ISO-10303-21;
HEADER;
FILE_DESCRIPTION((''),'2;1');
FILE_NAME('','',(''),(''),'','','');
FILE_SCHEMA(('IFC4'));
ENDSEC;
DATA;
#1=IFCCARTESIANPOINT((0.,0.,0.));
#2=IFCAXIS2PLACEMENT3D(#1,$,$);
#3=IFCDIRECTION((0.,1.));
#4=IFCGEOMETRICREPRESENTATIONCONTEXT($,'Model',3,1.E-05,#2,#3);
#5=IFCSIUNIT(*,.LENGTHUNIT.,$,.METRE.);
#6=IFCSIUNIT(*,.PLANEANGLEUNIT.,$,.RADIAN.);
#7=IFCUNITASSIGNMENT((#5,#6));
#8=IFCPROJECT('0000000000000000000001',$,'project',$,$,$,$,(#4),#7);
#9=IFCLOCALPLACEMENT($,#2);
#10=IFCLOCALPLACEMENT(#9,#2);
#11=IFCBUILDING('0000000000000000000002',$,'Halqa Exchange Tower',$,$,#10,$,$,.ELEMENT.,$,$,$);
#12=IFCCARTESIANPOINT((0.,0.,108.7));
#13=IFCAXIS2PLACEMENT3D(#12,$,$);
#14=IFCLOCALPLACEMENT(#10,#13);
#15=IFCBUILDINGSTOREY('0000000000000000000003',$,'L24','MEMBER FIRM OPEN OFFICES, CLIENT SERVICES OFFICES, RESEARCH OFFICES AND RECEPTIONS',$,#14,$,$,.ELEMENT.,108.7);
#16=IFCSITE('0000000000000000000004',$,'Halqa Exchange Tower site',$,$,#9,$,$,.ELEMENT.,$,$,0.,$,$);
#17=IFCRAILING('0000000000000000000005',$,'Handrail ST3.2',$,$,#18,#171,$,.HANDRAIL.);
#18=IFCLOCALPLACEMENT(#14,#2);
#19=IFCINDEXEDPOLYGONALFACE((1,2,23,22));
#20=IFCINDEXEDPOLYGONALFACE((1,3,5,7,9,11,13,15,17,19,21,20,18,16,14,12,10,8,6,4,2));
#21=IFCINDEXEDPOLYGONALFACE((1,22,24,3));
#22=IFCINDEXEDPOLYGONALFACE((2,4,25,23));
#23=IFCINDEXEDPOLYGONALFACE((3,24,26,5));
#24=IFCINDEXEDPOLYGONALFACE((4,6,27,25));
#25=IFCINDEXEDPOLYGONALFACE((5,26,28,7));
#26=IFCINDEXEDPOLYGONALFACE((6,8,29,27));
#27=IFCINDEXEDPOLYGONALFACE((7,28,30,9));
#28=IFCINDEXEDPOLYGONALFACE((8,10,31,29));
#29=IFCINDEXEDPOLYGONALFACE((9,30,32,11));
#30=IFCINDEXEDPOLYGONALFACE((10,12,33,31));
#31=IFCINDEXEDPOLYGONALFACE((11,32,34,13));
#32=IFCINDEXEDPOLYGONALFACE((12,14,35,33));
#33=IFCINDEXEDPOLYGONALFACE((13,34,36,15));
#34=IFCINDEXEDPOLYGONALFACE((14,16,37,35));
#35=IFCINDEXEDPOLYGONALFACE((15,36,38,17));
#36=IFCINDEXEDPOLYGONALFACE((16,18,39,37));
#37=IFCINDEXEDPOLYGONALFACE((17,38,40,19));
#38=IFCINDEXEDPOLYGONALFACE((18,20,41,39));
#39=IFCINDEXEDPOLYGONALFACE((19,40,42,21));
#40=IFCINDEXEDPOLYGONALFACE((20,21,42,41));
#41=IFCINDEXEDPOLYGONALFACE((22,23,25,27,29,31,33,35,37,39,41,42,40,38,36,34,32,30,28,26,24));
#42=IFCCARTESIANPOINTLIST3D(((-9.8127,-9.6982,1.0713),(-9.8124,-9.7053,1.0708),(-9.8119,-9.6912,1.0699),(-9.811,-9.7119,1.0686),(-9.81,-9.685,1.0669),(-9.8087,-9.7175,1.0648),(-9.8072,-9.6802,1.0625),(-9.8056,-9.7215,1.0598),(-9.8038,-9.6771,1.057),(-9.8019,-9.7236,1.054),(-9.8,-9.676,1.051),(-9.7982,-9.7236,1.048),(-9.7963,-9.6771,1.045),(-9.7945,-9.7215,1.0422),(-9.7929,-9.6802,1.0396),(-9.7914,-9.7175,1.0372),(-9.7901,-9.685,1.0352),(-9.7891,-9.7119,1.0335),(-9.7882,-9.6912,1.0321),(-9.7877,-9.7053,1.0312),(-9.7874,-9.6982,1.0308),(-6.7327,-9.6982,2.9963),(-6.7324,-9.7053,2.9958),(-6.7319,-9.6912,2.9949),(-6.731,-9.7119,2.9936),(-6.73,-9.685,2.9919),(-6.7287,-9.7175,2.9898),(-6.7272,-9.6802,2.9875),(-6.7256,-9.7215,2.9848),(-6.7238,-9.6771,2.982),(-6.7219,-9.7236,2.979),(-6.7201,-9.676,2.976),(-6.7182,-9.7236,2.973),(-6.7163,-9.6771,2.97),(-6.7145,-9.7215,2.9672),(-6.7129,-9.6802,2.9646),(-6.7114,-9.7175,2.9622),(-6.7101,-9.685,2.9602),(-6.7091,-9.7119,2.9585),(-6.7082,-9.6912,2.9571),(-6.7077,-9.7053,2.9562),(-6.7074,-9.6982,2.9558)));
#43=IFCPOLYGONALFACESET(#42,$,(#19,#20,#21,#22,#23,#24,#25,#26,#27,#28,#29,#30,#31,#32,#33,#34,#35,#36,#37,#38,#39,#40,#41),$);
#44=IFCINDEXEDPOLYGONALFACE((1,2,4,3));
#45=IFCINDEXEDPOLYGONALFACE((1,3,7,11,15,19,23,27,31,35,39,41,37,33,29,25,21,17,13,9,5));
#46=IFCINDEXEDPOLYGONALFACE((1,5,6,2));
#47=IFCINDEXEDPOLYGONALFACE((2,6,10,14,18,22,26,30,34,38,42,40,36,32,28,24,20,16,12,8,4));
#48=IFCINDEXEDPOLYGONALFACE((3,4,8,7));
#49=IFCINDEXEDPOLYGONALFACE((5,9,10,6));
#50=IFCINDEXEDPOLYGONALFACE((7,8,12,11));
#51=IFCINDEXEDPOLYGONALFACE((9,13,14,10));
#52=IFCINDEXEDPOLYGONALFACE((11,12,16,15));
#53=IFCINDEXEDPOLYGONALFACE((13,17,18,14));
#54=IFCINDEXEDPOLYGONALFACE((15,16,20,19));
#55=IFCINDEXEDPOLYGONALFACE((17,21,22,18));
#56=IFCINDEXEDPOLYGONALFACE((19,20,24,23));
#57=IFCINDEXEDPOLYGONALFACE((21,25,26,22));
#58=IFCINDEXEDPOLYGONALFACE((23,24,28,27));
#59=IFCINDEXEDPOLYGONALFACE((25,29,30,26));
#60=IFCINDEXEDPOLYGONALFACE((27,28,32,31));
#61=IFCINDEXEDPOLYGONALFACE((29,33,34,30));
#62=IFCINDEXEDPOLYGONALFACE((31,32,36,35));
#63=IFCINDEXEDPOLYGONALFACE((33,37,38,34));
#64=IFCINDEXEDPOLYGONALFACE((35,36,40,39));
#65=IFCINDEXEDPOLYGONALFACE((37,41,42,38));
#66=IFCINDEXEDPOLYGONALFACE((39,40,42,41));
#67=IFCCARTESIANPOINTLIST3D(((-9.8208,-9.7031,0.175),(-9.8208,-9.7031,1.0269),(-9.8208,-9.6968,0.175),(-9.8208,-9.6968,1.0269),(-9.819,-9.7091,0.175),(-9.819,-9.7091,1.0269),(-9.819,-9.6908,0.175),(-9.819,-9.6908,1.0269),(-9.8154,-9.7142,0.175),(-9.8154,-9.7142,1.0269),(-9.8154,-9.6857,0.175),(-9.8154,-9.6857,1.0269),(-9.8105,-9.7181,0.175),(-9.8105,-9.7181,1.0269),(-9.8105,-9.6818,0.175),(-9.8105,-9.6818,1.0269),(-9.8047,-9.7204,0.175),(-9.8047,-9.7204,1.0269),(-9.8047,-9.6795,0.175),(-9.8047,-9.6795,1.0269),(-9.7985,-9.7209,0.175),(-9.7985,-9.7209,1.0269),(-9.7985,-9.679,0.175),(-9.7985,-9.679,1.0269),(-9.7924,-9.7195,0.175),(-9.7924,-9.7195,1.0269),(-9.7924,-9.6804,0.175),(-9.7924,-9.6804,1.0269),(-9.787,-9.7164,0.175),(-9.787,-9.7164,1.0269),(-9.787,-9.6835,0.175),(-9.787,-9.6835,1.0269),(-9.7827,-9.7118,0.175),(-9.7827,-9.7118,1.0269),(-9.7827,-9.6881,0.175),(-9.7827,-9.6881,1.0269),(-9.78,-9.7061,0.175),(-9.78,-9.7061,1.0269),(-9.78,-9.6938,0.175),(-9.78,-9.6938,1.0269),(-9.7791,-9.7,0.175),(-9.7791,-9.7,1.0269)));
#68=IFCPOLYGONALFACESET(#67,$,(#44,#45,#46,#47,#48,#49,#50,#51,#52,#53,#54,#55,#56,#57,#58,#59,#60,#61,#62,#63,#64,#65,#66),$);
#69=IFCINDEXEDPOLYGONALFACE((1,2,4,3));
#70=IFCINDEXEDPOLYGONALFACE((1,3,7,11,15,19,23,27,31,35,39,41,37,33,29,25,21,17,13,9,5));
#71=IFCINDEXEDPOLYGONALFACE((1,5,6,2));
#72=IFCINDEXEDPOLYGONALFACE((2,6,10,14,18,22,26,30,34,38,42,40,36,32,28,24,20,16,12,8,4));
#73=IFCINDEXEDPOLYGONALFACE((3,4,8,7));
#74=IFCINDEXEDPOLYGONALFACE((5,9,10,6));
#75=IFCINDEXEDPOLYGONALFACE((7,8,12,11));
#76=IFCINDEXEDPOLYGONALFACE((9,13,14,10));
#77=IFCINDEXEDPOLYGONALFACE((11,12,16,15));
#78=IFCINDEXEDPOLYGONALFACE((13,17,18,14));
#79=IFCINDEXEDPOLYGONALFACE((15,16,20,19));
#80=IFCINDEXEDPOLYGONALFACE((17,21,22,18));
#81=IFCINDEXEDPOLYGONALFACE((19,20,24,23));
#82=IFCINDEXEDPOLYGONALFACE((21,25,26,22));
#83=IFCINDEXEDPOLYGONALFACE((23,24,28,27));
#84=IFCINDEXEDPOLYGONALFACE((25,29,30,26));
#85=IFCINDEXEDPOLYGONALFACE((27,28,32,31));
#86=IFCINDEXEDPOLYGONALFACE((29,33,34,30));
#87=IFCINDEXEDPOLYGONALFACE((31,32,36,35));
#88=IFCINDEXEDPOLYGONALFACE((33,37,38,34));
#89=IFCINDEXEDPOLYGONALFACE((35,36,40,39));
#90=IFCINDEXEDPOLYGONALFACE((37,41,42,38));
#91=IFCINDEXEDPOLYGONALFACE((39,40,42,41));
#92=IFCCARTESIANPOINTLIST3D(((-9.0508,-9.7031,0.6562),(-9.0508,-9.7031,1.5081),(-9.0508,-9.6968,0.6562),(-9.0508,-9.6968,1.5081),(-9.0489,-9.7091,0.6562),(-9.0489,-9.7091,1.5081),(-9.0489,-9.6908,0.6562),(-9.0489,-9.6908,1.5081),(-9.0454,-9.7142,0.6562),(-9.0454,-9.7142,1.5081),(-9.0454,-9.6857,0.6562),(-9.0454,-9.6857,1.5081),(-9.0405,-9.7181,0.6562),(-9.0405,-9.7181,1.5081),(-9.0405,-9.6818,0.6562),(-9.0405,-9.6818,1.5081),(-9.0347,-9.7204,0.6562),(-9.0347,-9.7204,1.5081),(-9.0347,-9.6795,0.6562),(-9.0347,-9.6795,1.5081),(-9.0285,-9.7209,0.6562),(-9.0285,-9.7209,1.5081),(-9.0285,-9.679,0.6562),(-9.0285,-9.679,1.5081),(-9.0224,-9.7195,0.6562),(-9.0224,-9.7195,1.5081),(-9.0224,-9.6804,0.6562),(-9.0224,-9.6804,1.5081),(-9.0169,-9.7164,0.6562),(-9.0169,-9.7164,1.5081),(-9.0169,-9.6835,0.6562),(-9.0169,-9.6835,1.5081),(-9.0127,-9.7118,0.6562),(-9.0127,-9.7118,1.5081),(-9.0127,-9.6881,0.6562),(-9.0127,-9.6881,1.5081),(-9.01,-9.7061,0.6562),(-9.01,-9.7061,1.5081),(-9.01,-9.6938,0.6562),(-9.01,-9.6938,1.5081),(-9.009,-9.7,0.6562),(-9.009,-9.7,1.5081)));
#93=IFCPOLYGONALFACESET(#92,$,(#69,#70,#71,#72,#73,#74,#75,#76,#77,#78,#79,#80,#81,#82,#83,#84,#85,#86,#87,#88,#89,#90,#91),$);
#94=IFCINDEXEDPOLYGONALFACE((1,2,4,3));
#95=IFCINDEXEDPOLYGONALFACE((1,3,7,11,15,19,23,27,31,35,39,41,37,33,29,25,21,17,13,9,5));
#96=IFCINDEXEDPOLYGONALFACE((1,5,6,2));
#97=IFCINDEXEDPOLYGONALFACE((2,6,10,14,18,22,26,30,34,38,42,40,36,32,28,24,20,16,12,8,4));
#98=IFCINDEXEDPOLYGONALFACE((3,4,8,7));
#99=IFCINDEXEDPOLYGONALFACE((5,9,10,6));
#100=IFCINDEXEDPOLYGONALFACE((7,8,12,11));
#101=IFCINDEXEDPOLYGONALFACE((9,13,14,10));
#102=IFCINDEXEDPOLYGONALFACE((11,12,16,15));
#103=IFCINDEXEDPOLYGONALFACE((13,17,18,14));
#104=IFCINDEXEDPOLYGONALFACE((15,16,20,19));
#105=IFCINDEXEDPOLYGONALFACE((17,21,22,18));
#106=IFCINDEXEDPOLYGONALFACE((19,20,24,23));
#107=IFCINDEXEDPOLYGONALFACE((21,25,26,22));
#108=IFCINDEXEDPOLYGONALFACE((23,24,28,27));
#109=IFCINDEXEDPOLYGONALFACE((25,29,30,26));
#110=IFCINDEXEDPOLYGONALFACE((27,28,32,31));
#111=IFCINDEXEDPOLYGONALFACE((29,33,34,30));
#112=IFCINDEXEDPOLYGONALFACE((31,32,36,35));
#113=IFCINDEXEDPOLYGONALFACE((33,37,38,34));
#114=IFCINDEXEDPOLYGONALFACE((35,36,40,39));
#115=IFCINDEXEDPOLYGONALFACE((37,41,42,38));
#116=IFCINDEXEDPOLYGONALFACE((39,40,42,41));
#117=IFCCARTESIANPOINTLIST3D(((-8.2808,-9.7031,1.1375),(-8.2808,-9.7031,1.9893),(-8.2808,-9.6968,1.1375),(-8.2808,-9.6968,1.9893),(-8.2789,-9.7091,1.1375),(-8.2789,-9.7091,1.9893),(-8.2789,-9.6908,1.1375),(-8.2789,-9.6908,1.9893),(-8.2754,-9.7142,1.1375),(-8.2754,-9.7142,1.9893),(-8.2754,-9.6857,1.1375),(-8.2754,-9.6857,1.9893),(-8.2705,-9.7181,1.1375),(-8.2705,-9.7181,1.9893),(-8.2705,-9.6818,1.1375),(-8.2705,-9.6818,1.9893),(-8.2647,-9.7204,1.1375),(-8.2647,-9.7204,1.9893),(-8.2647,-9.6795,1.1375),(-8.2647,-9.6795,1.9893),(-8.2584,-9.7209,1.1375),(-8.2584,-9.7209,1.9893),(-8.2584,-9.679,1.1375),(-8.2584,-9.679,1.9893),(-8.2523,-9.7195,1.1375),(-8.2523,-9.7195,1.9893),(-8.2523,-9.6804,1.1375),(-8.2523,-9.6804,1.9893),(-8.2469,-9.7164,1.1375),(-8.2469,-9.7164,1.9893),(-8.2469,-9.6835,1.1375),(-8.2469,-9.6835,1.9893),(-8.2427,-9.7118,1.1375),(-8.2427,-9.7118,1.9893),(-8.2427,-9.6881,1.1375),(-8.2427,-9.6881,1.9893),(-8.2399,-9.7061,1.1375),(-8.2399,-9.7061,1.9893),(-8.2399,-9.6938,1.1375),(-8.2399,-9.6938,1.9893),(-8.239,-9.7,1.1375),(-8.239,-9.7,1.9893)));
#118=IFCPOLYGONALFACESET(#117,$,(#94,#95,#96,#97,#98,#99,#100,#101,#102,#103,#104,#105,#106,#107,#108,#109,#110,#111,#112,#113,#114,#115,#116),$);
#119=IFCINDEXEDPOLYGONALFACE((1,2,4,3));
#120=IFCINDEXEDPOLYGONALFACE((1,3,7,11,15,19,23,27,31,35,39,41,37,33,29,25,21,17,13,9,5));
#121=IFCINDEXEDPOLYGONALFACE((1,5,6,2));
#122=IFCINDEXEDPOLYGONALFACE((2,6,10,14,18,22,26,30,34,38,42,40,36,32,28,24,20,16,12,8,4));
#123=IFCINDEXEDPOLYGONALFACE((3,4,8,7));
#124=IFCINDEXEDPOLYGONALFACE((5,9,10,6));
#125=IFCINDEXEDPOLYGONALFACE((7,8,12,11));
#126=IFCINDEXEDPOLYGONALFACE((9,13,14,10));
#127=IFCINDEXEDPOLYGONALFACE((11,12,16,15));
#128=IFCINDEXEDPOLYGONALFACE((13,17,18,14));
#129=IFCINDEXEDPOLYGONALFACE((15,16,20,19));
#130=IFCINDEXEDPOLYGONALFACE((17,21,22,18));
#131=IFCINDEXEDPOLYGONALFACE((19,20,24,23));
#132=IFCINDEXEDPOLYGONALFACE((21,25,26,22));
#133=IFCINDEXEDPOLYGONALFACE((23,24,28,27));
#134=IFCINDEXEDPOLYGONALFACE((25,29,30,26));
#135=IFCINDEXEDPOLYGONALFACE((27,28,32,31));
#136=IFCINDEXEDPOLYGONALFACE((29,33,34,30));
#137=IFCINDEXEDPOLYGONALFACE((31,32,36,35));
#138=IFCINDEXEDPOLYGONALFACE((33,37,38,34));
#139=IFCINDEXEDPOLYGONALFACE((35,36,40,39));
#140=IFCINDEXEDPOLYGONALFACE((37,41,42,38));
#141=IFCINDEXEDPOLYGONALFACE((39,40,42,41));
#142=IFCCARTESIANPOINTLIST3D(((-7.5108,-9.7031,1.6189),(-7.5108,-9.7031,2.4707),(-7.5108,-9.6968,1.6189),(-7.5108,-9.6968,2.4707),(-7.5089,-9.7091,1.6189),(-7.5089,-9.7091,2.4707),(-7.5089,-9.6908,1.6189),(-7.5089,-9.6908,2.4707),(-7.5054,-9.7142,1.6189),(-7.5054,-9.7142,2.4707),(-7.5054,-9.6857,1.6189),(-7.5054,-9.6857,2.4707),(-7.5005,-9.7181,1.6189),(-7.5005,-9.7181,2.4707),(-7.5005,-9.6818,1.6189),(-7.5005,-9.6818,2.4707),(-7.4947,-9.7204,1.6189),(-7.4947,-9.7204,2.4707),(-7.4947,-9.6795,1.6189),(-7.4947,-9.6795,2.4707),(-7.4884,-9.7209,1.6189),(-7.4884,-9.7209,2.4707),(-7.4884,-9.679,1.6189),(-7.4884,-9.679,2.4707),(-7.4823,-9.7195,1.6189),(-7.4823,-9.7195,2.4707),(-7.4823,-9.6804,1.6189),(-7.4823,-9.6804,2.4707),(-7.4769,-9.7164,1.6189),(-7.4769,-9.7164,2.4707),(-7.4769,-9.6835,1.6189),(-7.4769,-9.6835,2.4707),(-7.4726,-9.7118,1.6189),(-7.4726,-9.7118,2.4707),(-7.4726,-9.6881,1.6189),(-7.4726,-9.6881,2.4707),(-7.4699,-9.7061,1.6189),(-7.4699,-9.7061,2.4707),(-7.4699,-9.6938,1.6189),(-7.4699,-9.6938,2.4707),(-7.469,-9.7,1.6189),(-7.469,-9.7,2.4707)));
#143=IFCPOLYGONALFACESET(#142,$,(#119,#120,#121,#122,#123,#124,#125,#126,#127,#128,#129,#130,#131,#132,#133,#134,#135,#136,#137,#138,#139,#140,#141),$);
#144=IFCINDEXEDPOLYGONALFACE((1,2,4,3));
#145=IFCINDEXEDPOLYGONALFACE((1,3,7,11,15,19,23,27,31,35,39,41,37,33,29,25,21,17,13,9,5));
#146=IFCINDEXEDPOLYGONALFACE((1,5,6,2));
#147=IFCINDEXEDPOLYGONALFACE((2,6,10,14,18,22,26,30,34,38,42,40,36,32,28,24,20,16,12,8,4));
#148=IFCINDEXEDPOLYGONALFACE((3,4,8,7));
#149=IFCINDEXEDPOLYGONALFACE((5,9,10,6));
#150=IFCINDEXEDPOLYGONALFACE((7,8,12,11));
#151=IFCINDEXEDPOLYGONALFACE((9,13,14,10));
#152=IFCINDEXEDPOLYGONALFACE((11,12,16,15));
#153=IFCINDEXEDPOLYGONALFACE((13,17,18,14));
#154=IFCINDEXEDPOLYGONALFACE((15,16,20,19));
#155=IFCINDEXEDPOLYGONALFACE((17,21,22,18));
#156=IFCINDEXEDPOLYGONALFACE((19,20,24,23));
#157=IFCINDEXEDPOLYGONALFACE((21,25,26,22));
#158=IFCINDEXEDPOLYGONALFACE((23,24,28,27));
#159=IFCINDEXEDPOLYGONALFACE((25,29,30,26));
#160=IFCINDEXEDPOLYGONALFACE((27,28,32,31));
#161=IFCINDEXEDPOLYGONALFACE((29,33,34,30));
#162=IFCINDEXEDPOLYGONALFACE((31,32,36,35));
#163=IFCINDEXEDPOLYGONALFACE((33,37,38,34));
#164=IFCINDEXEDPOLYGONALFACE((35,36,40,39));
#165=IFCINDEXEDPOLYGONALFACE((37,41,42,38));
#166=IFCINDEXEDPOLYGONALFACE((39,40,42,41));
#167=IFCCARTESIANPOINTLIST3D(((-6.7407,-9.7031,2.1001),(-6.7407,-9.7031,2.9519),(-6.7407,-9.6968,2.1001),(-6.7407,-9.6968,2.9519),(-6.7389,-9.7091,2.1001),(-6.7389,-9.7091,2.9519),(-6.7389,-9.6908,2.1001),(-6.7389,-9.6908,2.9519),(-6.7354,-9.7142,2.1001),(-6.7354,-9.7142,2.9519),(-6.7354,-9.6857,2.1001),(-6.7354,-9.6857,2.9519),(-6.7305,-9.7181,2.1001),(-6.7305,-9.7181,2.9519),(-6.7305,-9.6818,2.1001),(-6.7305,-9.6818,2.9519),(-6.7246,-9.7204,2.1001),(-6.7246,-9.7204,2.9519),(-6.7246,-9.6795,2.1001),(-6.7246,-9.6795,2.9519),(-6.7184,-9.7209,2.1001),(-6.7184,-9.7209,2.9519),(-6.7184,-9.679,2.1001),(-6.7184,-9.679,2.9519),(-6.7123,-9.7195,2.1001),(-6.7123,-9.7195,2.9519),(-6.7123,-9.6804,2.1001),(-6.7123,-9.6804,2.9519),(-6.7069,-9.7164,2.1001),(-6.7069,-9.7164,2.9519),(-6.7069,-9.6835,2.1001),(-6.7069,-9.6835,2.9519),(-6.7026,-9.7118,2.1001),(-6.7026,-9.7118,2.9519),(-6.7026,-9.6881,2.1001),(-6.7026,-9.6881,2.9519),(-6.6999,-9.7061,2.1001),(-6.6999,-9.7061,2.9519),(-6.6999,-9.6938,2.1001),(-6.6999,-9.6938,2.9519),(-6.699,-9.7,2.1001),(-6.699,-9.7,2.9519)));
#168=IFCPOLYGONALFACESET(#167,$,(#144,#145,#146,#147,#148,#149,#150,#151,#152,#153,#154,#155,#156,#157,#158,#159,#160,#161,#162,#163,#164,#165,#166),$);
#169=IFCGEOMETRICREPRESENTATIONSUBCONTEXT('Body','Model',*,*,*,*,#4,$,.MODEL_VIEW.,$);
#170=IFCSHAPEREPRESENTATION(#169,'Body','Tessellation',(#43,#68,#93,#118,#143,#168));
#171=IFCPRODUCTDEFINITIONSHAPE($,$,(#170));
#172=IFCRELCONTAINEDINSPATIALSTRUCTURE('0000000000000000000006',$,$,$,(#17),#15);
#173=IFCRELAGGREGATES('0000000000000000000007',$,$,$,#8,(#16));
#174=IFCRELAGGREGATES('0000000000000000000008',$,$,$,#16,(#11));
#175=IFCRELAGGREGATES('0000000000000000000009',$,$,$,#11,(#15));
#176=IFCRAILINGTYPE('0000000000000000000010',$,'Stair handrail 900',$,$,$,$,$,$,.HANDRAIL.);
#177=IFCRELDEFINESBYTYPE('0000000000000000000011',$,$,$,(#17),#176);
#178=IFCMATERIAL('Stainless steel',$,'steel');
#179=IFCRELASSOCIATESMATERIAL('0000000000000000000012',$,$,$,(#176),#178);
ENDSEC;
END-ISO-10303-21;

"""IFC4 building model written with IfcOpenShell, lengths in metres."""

from ifc_helpers import new_model, si_unit, direction, frame, origin, origin_2d, place, context, subcontext, project, spatial, circle, extrude, material, type_object, element, save


model = new_model("IFC4")

# Units and contexts
model_context = context("Model", 3, precision=1e-05, world=origin(), true_north=direction((0.0, 1.0)))
body_context = subcontext(model_context, "Body", "Model", "MODEL_VIEW")
ifc_project = project(units=[si_unit("LENGTHUNIT", "METRE"), si_unit("PLANEANGLEUNIT", "RADIAN")], contexts=[model_context])

# Site, building, storey
site_placement = place(None, origin())
site = spatial("IfcSite", under=ifc_project, at=site_placement, Name="Halqa Exchange Tower site", CompositionType="ELEMENT", RefElevation=0.0)
building_placement = place(site_placement, origin())
building = spatial("IfcBuilding", under=site, at=building_placement, Name="Halqa Exchange Tower", CompositionType="ELEMENT")
storey_placement = place(building_placement, frame((0.0, 0.0, 108.7)))
storey = spatial("IfcBuildingStorey", under=building, at=storey_placement, Name="L24", Description="MEMBER FIRM OPEN OFFICES, CLIENT SERVICES OFFICES, RESEARCH OFFICES AND RECEPTIONS", CompositionType="ELEMENT", Elevation=108.7)

# Shared definitions
ifc_material_1 = material(Name="Stainless steel", Category="steel")

# Railing
railing_type_1 = type_object("IfcRailingType", Name="Stair handrail 900", PredefinedType="HANDRAIL", material=ifc_material_1)
railing_1_placement = place(storey_placement, frame((-9.8, -9.7, 0.175)))
element("IfcRailing", 1, at=railing_1_placement, inside=storey, type_object=railing_type_1, Name="Handrail ST3.2", PredefinedType="HANDRAIL", context=body_context, shape_type="SweptSolid", body=[
    extrude(circle(Radius=0.0239, at=origin_2d()), frame((0.0, 0.0, 0.876), z_axis=(0.847998, 0.0, 0.529999), x_axis=(0.0, 1.0, 0.0)), (0.0, 0.0, 1.0), 3.6321),
    extrude(circle(Radius=0.021, at=origin_2d()), origin(), (0.0, 0.0, 1.0), 0.8518),
    extrude(circle(Radius=0.021, at=origin_2d()), frame((0.77, 0.0, 0.4812)), (0.0, 0.0, 1.0), 0.8518),
    extrude(circle(Radius=0.021, at=origin_2d()), frame((1.54, 0.0, 0.9624)), (0.0, 0.0, 1.0), 0.8518),
    extrude(circle(Radius=0.021, at=origin_2d()), frame((2.3101, 0.0, 1.4438)), (0.0, 0.0, 1.0), 0.8518),
    extrude(circle(Radius=0.021, at=origin_2d()), frame((3.0801, 0.0, 1.925)), (0.0, 0.0, 1.0), 0.8518),
])

save(model, "model.ifc")
